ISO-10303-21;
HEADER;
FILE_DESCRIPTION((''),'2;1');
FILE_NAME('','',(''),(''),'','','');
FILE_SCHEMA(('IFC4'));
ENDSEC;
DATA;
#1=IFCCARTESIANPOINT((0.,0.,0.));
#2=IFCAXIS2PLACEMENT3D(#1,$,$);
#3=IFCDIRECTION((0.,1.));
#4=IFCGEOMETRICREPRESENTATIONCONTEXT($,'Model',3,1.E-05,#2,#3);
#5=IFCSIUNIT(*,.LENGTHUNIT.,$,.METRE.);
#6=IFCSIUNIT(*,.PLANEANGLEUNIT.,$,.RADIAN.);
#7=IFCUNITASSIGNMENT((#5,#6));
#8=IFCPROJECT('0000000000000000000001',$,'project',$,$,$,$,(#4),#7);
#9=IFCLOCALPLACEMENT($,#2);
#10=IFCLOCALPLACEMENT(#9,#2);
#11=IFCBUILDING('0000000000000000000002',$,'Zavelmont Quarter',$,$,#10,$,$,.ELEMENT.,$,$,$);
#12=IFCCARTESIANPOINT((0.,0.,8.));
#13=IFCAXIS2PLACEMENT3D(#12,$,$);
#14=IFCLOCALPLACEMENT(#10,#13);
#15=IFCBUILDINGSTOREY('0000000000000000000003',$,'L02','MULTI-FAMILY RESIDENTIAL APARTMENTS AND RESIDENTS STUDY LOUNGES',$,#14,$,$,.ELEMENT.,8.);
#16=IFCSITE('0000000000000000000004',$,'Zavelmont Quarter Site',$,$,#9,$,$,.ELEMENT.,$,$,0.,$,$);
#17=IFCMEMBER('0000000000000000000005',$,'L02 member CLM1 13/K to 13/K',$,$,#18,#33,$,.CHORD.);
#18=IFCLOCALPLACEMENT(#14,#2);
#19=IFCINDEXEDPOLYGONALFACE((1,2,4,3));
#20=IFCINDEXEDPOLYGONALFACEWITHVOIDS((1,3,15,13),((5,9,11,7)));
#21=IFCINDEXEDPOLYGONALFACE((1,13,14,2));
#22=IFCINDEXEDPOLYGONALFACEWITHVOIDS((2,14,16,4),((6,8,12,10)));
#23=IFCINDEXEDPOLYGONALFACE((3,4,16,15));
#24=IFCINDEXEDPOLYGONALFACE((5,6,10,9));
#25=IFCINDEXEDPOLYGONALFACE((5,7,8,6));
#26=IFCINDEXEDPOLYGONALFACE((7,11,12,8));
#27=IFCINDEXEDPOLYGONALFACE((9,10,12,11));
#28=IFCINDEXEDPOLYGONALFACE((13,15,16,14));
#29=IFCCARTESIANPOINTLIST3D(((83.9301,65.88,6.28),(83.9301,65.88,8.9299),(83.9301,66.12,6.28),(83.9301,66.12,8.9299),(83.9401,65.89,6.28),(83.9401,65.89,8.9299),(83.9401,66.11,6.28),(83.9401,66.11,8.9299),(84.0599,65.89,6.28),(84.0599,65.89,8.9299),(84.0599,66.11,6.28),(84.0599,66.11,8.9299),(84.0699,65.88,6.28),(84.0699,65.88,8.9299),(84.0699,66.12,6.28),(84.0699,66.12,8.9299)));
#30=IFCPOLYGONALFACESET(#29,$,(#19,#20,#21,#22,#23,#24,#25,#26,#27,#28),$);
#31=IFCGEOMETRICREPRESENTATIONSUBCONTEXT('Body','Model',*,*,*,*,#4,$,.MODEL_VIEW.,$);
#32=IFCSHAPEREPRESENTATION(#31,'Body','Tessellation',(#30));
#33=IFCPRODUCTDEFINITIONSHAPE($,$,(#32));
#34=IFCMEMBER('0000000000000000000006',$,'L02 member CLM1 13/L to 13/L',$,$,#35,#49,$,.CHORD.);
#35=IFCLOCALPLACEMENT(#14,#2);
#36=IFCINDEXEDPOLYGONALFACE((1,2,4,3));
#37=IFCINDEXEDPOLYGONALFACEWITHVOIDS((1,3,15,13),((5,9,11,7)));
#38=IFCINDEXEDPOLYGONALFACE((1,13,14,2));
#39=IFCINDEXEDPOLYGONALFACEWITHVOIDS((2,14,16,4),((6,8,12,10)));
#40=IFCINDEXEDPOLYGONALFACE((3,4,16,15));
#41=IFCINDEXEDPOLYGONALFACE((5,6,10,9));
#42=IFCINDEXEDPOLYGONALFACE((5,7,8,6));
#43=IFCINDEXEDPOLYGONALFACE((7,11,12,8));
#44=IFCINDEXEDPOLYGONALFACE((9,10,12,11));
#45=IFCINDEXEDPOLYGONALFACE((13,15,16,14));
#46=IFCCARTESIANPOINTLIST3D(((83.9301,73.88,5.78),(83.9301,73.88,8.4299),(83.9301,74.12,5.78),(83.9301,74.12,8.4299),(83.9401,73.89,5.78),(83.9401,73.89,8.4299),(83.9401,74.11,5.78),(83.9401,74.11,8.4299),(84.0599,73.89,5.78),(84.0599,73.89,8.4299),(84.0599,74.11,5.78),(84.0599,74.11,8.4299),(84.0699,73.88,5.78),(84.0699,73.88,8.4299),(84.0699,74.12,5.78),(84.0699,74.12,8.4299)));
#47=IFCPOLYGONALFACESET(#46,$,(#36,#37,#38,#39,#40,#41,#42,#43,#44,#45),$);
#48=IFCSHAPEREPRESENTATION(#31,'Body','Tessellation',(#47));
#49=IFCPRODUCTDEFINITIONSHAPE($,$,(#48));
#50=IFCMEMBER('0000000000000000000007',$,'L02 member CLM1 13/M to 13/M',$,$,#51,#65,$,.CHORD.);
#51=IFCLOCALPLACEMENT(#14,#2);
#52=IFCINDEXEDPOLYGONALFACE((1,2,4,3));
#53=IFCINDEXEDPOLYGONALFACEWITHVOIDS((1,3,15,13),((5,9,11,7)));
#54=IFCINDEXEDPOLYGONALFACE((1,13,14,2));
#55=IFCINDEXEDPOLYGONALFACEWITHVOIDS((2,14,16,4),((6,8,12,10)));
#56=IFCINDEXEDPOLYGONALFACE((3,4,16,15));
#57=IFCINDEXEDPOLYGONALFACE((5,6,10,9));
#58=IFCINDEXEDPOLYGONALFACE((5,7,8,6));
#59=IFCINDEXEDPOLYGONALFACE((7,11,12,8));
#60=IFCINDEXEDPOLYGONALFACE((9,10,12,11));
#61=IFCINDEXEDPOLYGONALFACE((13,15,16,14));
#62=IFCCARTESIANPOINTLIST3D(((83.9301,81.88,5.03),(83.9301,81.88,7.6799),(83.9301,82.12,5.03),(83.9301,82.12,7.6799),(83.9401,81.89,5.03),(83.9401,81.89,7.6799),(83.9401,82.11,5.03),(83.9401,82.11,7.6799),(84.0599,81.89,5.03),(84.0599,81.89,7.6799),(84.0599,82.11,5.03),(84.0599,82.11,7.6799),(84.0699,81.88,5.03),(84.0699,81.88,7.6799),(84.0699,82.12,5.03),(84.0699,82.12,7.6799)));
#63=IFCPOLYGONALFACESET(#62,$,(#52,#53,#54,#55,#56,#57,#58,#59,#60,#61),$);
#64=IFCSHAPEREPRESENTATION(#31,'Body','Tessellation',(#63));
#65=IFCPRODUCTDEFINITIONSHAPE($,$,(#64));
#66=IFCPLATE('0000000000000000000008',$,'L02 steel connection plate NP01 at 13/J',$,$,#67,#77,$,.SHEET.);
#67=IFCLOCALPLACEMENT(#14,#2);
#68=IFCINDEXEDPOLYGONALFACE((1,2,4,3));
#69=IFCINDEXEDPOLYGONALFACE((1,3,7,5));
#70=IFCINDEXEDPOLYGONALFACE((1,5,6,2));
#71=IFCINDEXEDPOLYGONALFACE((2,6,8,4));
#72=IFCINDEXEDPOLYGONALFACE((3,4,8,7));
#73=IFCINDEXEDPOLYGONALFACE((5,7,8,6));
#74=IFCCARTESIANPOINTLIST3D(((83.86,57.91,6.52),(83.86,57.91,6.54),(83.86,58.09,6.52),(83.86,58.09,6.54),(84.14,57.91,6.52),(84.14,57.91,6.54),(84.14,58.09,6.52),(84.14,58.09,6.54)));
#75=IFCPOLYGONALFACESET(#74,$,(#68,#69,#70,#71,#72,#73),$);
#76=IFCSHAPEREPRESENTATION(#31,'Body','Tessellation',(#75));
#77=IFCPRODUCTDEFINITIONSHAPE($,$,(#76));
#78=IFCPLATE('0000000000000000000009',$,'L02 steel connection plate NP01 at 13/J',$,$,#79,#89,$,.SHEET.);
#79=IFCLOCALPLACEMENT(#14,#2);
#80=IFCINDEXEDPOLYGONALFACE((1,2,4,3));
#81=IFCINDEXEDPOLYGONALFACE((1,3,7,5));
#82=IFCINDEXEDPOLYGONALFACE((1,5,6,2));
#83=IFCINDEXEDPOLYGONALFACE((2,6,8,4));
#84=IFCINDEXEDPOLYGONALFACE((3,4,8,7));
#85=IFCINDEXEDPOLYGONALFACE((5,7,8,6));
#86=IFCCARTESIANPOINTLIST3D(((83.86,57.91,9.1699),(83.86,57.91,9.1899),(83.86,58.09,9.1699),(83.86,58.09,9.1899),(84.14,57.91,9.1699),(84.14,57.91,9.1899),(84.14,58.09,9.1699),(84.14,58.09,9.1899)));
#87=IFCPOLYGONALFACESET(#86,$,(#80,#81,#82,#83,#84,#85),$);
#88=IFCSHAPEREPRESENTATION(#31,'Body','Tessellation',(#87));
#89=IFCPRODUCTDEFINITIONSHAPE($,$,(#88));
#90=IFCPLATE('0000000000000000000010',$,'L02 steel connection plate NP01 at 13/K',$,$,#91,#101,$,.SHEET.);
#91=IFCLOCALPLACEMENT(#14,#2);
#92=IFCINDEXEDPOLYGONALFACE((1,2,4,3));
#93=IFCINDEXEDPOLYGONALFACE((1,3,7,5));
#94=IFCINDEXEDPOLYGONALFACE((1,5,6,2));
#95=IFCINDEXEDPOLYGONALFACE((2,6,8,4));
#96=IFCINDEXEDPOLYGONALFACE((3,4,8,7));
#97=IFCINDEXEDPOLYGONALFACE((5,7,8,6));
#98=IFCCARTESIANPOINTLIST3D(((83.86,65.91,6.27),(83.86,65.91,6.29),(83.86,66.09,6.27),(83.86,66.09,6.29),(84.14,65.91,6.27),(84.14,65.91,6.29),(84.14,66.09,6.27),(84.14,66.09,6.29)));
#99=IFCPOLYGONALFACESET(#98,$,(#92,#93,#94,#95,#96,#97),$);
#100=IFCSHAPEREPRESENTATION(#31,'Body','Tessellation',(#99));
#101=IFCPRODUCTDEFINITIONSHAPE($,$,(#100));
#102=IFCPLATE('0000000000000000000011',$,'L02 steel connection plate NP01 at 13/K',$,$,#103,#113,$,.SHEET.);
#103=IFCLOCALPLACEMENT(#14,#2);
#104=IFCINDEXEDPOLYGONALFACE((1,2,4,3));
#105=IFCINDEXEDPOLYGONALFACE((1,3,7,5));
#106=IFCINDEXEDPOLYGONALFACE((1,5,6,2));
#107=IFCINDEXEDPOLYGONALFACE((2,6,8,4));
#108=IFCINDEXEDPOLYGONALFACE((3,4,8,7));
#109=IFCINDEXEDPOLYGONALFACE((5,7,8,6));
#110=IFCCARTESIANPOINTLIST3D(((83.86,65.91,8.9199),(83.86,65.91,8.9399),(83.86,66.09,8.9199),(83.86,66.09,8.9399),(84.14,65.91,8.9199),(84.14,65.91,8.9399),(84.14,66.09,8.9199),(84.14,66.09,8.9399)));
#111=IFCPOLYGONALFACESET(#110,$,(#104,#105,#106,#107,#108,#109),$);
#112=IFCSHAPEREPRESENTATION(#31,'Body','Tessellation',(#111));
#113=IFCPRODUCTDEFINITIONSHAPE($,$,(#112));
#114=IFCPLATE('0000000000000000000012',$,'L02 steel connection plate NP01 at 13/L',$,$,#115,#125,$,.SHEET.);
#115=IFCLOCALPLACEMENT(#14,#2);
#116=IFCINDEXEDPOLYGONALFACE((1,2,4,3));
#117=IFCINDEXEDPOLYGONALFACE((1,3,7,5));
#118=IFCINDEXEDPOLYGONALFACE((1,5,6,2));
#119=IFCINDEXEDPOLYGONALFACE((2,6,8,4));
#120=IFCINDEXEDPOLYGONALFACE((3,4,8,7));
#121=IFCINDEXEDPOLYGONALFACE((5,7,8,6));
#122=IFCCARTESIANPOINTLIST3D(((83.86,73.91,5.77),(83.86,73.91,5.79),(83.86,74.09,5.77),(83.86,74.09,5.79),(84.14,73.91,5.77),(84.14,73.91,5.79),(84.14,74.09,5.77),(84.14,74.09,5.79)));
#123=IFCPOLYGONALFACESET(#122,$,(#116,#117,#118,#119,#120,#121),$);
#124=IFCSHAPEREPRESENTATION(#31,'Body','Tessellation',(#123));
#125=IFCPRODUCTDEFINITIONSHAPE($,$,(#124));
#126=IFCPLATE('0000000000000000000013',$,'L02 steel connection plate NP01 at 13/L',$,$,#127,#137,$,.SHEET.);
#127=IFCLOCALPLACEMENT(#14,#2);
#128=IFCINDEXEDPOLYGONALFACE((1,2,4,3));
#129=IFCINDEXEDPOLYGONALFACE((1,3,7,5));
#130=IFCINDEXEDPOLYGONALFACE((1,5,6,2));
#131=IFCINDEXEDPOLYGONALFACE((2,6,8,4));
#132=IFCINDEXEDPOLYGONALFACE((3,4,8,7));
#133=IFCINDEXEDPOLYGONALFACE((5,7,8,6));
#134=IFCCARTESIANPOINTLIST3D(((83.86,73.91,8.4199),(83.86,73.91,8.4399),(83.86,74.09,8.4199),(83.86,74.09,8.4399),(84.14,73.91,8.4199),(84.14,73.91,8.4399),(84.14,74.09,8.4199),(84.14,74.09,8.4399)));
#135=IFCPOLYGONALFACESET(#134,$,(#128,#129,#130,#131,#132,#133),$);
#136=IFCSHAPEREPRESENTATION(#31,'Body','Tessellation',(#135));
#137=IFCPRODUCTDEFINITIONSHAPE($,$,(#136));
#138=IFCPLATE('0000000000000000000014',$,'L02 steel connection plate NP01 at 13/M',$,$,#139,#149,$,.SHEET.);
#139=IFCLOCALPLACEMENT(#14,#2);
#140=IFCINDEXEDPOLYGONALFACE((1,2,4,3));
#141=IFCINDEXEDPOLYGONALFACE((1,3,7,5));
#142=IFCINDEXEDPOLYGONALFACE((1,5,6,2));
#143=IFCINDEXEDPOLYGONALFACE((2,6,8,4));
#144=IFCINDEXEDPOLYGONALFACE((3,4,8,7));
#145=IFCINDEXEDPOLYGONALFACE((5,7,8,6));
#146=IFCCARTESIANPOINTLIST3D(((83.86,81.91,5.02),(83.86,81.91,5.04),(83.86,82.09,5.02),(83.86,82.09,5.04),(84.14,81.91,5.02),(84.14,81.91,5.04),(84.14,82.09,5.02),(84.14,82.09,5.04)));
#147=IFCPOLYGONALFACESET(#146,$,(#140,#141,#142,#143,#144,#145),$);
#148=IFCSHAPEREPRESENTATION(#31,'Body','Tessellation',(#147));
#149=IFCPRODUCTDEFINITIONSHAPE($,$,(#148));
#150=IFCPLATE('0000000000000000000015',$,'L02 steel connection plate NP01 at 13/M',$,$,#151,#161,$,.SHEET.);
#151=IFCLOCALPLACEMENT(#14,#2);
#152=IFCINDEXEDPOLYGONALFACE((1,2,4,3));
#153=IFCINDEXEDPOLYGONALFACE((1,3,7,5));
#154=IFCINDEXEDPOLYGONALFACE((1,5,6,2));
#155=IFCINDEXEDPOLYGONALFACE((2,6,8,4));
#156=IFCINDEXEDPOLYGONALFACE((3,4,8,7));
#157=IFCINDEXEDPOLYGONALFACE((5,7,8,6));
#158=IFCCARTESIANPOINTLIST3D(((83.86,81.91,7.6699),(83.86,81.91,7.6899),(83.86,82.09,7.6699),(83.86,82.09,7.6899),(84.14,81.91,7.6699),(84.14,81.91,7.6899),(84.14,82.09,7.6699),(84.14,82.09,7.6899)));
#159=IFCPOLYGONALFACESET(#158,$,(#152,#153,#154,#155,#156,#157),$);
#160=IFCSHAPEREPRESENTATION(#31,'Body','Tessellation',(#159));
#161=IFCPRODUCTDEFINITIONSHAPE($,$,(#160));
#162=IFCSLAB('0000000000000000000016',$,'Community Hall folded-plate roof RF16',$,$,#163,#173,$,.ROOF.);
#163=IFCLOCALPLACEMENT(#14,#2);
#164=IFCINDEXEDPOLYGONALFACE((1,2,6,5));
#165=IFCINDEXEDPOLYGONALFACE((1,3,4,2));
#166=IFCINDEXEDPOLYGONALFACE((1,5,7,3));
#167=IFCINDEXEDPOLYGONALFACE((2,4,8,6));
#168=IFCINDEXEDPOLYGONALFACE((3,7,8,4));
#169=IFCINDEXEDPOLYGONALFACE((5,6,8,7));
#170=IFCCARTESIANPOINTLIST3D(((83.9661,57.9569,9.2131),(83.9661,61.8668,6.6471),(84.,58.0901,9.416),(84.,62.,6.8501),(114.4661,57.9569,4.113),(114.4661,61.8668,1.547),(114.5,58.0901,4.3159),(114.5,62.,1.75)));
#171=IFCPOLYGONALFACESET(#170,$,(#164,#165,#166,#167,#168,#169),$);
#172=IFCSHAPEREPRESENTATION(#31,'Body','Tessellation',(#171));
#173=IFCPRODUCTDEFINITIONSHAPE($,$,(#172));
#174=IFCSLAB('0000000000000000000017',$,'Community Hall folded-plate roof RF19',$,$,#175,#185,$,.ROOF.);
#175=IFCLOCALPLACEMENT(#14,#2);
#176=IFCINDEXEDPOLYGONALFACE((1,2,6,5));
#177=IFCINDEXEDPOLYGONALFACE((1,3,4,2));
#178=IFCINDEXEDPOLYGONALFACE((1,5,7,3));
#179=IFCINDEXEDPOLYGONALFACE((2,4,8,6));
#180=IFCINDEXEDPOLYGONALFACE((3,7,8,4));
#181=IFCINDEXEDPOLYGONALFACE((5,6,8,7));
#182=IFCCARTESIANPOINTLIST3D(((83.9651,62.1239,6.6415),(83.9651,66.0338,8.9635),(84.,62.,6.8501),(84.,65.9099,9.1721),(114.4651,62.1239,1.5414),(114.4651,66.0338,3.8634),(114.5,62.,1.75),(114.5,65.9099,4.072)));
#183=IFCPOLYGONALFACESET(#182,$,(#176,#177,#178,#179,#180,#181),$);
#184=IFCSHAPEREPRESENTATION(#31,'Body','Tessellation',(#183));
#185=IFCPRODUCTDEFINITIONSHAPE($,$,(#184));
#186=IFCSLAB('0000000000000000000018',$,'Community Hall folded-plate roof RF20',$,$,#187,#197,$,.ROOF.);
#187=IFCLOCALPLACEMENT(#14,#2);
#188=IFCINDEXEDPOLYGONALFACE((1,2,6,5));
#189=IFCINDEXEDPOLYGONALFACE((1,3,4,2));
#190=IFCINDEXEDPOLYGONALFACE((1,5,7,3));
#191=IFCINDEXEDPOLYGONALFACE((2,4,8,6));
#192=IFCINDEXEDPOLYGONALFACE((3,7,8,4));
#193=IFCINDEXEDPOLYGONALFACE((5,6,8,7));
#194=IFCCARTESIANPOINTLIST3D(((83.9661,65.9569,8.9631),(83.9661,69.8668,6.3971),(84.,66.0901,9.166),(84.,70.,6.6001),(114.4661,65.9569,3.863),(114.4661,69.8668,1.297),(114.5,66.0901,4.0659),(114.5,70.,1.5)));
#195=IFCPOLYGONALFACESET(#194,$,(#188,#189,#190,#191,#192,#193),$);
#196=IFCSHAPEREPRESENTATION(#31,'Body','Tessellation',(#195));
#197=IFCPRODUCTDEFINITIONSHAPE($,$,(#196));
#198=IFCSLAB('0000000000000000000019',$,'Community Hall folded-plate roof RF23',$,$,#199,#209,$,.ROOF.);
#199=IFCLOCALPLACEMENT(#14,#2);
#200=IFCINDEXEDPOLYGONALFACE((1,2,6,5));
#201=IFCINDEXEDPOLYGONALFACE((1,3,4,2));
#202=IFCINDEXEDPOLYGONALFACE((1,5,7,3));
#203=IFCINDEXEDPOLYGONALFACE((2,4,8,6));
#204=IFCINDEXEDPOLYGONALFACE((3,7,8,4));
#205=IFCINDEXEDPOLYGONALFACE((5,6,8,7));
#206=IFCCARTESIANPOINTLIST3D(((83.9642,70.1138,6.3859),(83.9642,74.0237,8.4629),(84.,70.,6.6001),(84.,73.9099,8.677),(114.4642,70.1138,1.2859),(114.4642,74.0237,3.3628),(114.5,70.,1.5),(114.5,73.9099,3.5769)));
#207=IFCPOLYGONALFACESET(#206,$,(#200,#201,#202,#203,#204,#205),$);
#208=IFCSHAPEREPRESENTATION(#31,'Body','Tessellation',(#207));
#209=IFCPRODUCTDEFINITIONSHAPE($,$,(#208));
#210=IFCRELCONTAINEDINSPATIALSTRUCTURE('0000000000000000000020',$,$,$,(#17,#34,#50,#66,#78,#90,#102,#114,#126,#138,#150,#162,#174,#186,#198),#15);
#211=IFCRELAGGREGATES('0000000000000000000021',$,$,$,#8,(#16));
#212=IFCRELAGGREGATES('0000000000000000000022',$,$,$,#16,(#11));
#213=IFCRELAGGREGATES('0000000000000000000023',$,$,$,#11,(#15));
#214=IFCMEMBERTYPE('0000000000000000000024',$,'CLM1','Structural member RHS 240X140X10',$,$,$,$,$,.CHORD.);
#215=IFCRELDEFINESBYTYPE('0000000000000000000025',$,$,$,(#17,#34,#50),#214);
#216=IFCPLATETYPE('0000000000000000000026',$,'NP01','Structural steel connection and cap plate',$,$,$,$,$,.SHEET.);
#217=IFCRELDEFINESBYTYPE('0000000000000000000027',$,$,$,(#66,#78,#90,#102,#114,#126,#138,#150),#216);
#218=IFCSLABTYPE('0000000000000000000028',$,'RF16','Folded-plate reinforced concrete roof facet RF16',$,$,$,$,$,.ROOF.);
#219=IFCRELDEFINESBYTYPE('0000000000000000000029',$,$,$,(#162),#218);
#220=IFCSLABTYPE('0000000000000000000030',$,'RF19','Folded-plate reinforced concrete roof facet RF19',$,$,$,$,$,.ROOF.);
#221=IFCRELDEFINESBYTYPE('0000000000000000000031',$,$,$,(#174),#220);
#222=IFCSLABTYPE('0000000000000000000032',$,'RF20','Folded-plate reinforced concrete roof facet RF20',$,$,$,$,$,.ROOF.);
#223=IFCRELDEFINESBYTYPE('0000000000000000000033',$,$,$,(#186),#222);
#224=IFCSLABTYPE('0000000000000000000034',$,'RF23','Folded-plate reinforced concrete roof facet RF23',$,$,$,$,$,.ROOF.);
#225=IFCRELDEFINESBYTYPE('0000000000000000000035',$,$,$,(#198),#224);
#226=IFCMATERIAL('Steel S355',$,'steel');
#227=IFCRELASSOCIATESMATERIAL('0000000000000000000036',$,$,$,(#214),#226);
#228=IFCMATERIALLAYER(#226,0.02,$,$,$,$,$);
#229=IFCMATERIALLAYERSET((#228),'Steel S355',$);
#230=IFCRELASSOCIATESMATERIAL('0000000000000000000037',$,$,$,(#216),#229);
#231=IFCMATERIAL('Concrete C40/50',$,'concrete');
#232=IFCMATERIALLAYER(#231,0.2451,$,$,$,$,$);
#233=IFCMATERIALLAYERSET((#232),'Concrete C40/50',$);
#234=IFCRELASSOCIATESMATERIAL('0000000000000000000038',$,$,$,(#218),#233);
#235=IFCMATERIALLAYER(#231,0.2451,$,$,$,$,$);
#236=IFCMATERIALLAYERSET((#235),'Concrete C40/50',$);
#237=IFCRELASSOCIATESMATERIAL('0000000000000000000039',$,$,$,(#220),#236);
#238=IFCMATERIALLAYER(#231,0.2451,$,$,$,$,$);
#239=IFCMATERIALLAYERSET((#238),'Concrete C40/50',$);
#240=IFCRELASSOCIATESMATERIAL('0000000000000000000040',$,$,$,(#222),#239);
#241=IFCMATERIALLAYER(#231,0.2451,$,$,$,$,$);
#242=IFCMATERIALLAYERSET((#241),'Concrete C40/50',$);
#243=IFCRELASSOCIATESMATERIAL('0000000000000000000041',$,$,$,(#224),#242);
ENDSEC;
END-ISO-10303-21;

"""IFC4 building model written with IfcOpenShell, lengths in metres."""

from ifc_helpers import new_model, si_unit, direction, frame, origin, origin_2d, place, context, subcontext, project, spatial, polyline, rectangle, hollow_rectangle, outline, extrude, material, layer, layer_set, material_profile, profile_set, type_object, element, save


model = new_model("IFC4")

# Units and contexts
model_context = context("Model", 3, precision=1e-05, world=origin(), true_north=direction((0.0, 1.0)))
body_context = subcontext(model_context, "Body", "Model", "MODEL_VIEW")
ifc_project = project(units=[si_unit("LENGTHUNIT", "METRE"), si_unit("PLANEANGLEUNIT", "RADIAN")], contexts=[model_context])

# Site, building, storey
site_placement = place(None, origin())
site = spatial("IfcSite", under=ifc_project, at=site_placement, Name="Zavelmont Quarter Site", CompositionType="ELEMENT", RefElevation=0.0)
building_placement = place(site_placement, origin())
building = spatial("IfcBuilding", under=site, at=building_placement, Name="Zavelmont Quarter", CompositionType="ELEMENT")
storey_placement = place(building_placement, frame((0.0, 0.0, 8.0)))
storey = spatial("IfcBuildingStorey", under=building, at=storey_placement, Name="L02", Description="MULTI-FAMILY RESIDENTIAL APARTMENTS AND RESIDENTS STUDY LOUNGES", CompositionType="ELEMENT", Elevation=8.0)

# Shared definitions
ifc_material_1 = material(Name="Concrete C40/50", Category="concrete")

# Members
ifc_material_2 = material(Name="Steel S355", Category="steel")
ifc_material_profile_1 = material_profile(ifc_material_2, hollow_rectangle(XDim=0.1399, YDim=0.24, WallThickness=0.01, at=origin_2d()), Name="RHS 240X140X10")
ifc_profile_set_1 = profile_set([ifc_material_profile_1], Name="Steel S355")
member_type = type_object("IfcMemberType", Name="CLM1", Description="Structural member RHS 240X140X10", PredefinedType="CHORD", material=ifc_profile_set_1)
for number, where, z_axis, x_axis, name in (
    (1, (84.0, 66.0, 6.28), (0.0, 0.0, 1.0), (1.0, 0.0, 0.0), "L02 member CLM1 13/K to 13/K"),
    (2, (84.0, 74.0, 5.78), (0.0, 0.0, 1.0), (1.0, 0.0, 0.0), "L02 member CLM1 13/L to 13/L"),
    (3, (84.0, 82.0, 5.03), (0.0, 0.0, 1.0), (1.0, 0.0, 0.0), "L02 member CLM1 13/M to 13/M"),
):
    element("IfcMember", number, at=place(storey_placement, frame(where, z_axis=z_axis, x_axis=x_axis)), inside=storey, type_object=member_type, Name=name, PredefinedType="CHORD", context=body_context, shape_type="SweptSolid", body=[
        extrude(hollow_rectangle(XDim=0.1399, YDim=0.24, WallThickness=0.01, at=origin_2d()), origin(), (0.0, 0.0, 1.0), 2.6499),
    ])

# Plates
ifc_layer_1 = layer(ifc_material_2, 0.02)
ifc_layer_set_1 = layer_set([ifc_layer_1], Name="Steel S355")
plate_type = type_object("IfcPlateType", Name="NP01", Description="Structural steel connection and cap plate", PredefinedType="SHEET", material=ifc_layer_set_1)
for number, where, z_axis, x_axis, name in (
    (4, (84.0, 58.0, 6.52), (0.0, 0.0, 1.0), (1.0, 0.0, 0.0), "L02 steel connection plate NP01 at 13/J"),
    (5, (84.0, 58.0, 9.1699), (0.0, 0.0, 1.0), (1.0, 0.0, 0.0), "L02 steel connection plate NP01 at 13/J"),
    (6, (84.0, 66.0, 6.27), (0.0, 0.0, 1.0), (1.0, 0.0, 0.0), "L02 steel connection plate NP01 at 13/K"),
    (7, (84.0, 66.0, 8.9199), (0.0, 0.0, 1.0), (1.0, 0.0, 0.0), "L02 steel connection plate NP01 at 13/K"),
    (8, (84.0, 74.0, 5.77), (0.0, 0.0, 1.0), (1.0, 0.0, 0.0), "L02 steel connection plate NP01 at 13/L"),
    (9, (84.0, 74.0, 8.4199), (0.0, 0.0, 1.0), (1.0, 0.0, 0.0), "L02 steel connection plate NP01 at 13/L"),
    (10, (84.0, 82.0, 5.02), (0.0, 0.0, 1.0), (1.0, 0.0, 0.0), "L02 steel connection plate NP01 at 13/M"),
    (11, (84.0, 82.0, 7.6699), (0.0, 0.0, 1.0), (1.0, 0.0, 0.0), "L02 steel connection plate NP01 at 13/M"),
):
    element("IfcPlate", number, at=place(storey_placement, frame(where, z_axis=z_axis, x_axis=x_axis)), inside=storey, type_object=plate_type, Name=name, PredefinedType="SHEET", context=body_context, shape_type="SweptSolid", body=[
        extrude(rectangle(XDim=0.28, YDim=0.1799, at=origin_2d()), origin(), (0.0, 0.0, 1.0), 0.02),
    ])

# Slabs
ifc_layer_2 = layer(ifc_material_1, 0.2451)
ifc_layer_set_2 = layer_set([ifc_layer_2], Name="Concrete C40/50")
slab_type_1 = type_object("IfcSlabType", Name="RF16", Description="Folded-plate reinforced concrete roof facet RF16", PredefinedType="ROOF", material=ifc_layer_set_2)
slab_1_placement = place(storey_placement, frame((84.0, 58.0901, 9.416), z_axis=(0.138454, 0.543378, 0.827992), x_axis=(0.986306, 0.0, -0.164926)))
element("IfcSlab", 12, at=slab_1_placement, inside=storey, type_object=slab_type_1, Name="Community Hall folded-plate roof RF16", PredefinedType="ROOF", context=body_context, shape_type="SweptSolid", body=[
    extrude(outline(polyline([(0.0, 0.0), (30.9235, 0.0), (31.3467, 4.6575), (0.4232, 4.6575), (0.0, 0.0)])), origin(), (0.0, 0.0, -1.0), 0.2451),
])
ifc_layer_3 = layer(ifc_material_1, 0.2451)
ifc_layer_set_3 = layer_set([ifc_layer_3], Name="Concrete C40/50")
slab_type_2 = type_object("IfcSlabType", Name="RF19", Description="Folded-plate reinforced concrete roof facet RF19", PredefinedType="ROOF", material=ifc_layer_set_3)
slab_2_placement = place(storey_placement, frame((84.0, 62.0, 6.8501), z_axis=(0.14231, -0.505425, 0.851054), x_axis=(0.986306, 0.0, -0.164926)))
element("IfcSlab", 13, at=slab_2_placement, inside=storey, type_object=slab_type_2, Name="Community Hall folded-plate roof RF19", PredefinedType="ROOF", context=body_context, shape_type="SweptSolid", body=[
    extrude(outline(polyline([(0.0, 0.0), (30.9235, 0.0), (30.5405, 4.5313), (-0.383, 4.5313), (0.0, 0.0)])), origin(), (0.0, 0.0, -1.0), 0.2451),
])
ifc_layer_4 = layer(ifc_material_1, 0.2451)
ifc_layer_set_4 = layer_set([ifc_layer_4], Name="Concrete C40/50")
slab_type_3 = type_object("IfcSlabType", Name="RF20", Description="Folded-plate reinforced concrete roof facet RF20", PredefinedType="ROOF", material=ifc_layer_set_4)
slab_3_placement = place(storey_placement, frame((84.0, 66.0901, 9.166), z_axis=(0.138454, 0.543378, 0.827992), x_axis=(0.986306, 0.0, -0.164926)))
element("IfcSlab", 14, at=slab_3_placement, inside=storey, type_object=slab_type_3, Name="Community Hall folded-plate roof RF20", PredefinedType="ROOF", context=body_context, shape_type="SweptSolid", body=[
    extrude(outline(polyline([(0.0, 0.0), (30.9235, 0.0), (31.3467, 4.6575), (0.4232, 4.6575), (0.0, 0.0)])), origin(), (0.0, 0.0, -1.0), 0.2451),
])
ifc_layer_5 = layer(ifc_material_1, 0.2451)
ifc_layer_set_5 = layer_set([ifc_layer_5], Name="Concrete C40/50")
slab_type_4 = type_object("IfcSlabType", Name="RF23", Description="Folded-plate reinforced concrete roof facet RF23", PredefinedType="ROOF", material=ifc_layer_set_5)
slab_4_placement = place(storey_placement, frame((84.0, 70.0, 6.6001), z_axis=(0.146091, -0.464081, 0.873663), x_axis=(0.986306, 0.0, -0.164926)))
element("IfcSlab", 15, at=slab_4_placement, inside=storey, type_object=slab_type_4, Name="Community Hall folded-plate roof RF23", PredefinedType="ROOF", context=body_context, shape_type="SweptSolid", body=[
    extrude(outline(polyline([(0.0, 0.0), (30.9235, 0.0), (30.5809, 4.414), (-0.3425, 4.414), (0.0, 0.0)])), origin(), (0.0, 0.0, -1.0), 0.2451),
])

save(model, "model.ifc")
